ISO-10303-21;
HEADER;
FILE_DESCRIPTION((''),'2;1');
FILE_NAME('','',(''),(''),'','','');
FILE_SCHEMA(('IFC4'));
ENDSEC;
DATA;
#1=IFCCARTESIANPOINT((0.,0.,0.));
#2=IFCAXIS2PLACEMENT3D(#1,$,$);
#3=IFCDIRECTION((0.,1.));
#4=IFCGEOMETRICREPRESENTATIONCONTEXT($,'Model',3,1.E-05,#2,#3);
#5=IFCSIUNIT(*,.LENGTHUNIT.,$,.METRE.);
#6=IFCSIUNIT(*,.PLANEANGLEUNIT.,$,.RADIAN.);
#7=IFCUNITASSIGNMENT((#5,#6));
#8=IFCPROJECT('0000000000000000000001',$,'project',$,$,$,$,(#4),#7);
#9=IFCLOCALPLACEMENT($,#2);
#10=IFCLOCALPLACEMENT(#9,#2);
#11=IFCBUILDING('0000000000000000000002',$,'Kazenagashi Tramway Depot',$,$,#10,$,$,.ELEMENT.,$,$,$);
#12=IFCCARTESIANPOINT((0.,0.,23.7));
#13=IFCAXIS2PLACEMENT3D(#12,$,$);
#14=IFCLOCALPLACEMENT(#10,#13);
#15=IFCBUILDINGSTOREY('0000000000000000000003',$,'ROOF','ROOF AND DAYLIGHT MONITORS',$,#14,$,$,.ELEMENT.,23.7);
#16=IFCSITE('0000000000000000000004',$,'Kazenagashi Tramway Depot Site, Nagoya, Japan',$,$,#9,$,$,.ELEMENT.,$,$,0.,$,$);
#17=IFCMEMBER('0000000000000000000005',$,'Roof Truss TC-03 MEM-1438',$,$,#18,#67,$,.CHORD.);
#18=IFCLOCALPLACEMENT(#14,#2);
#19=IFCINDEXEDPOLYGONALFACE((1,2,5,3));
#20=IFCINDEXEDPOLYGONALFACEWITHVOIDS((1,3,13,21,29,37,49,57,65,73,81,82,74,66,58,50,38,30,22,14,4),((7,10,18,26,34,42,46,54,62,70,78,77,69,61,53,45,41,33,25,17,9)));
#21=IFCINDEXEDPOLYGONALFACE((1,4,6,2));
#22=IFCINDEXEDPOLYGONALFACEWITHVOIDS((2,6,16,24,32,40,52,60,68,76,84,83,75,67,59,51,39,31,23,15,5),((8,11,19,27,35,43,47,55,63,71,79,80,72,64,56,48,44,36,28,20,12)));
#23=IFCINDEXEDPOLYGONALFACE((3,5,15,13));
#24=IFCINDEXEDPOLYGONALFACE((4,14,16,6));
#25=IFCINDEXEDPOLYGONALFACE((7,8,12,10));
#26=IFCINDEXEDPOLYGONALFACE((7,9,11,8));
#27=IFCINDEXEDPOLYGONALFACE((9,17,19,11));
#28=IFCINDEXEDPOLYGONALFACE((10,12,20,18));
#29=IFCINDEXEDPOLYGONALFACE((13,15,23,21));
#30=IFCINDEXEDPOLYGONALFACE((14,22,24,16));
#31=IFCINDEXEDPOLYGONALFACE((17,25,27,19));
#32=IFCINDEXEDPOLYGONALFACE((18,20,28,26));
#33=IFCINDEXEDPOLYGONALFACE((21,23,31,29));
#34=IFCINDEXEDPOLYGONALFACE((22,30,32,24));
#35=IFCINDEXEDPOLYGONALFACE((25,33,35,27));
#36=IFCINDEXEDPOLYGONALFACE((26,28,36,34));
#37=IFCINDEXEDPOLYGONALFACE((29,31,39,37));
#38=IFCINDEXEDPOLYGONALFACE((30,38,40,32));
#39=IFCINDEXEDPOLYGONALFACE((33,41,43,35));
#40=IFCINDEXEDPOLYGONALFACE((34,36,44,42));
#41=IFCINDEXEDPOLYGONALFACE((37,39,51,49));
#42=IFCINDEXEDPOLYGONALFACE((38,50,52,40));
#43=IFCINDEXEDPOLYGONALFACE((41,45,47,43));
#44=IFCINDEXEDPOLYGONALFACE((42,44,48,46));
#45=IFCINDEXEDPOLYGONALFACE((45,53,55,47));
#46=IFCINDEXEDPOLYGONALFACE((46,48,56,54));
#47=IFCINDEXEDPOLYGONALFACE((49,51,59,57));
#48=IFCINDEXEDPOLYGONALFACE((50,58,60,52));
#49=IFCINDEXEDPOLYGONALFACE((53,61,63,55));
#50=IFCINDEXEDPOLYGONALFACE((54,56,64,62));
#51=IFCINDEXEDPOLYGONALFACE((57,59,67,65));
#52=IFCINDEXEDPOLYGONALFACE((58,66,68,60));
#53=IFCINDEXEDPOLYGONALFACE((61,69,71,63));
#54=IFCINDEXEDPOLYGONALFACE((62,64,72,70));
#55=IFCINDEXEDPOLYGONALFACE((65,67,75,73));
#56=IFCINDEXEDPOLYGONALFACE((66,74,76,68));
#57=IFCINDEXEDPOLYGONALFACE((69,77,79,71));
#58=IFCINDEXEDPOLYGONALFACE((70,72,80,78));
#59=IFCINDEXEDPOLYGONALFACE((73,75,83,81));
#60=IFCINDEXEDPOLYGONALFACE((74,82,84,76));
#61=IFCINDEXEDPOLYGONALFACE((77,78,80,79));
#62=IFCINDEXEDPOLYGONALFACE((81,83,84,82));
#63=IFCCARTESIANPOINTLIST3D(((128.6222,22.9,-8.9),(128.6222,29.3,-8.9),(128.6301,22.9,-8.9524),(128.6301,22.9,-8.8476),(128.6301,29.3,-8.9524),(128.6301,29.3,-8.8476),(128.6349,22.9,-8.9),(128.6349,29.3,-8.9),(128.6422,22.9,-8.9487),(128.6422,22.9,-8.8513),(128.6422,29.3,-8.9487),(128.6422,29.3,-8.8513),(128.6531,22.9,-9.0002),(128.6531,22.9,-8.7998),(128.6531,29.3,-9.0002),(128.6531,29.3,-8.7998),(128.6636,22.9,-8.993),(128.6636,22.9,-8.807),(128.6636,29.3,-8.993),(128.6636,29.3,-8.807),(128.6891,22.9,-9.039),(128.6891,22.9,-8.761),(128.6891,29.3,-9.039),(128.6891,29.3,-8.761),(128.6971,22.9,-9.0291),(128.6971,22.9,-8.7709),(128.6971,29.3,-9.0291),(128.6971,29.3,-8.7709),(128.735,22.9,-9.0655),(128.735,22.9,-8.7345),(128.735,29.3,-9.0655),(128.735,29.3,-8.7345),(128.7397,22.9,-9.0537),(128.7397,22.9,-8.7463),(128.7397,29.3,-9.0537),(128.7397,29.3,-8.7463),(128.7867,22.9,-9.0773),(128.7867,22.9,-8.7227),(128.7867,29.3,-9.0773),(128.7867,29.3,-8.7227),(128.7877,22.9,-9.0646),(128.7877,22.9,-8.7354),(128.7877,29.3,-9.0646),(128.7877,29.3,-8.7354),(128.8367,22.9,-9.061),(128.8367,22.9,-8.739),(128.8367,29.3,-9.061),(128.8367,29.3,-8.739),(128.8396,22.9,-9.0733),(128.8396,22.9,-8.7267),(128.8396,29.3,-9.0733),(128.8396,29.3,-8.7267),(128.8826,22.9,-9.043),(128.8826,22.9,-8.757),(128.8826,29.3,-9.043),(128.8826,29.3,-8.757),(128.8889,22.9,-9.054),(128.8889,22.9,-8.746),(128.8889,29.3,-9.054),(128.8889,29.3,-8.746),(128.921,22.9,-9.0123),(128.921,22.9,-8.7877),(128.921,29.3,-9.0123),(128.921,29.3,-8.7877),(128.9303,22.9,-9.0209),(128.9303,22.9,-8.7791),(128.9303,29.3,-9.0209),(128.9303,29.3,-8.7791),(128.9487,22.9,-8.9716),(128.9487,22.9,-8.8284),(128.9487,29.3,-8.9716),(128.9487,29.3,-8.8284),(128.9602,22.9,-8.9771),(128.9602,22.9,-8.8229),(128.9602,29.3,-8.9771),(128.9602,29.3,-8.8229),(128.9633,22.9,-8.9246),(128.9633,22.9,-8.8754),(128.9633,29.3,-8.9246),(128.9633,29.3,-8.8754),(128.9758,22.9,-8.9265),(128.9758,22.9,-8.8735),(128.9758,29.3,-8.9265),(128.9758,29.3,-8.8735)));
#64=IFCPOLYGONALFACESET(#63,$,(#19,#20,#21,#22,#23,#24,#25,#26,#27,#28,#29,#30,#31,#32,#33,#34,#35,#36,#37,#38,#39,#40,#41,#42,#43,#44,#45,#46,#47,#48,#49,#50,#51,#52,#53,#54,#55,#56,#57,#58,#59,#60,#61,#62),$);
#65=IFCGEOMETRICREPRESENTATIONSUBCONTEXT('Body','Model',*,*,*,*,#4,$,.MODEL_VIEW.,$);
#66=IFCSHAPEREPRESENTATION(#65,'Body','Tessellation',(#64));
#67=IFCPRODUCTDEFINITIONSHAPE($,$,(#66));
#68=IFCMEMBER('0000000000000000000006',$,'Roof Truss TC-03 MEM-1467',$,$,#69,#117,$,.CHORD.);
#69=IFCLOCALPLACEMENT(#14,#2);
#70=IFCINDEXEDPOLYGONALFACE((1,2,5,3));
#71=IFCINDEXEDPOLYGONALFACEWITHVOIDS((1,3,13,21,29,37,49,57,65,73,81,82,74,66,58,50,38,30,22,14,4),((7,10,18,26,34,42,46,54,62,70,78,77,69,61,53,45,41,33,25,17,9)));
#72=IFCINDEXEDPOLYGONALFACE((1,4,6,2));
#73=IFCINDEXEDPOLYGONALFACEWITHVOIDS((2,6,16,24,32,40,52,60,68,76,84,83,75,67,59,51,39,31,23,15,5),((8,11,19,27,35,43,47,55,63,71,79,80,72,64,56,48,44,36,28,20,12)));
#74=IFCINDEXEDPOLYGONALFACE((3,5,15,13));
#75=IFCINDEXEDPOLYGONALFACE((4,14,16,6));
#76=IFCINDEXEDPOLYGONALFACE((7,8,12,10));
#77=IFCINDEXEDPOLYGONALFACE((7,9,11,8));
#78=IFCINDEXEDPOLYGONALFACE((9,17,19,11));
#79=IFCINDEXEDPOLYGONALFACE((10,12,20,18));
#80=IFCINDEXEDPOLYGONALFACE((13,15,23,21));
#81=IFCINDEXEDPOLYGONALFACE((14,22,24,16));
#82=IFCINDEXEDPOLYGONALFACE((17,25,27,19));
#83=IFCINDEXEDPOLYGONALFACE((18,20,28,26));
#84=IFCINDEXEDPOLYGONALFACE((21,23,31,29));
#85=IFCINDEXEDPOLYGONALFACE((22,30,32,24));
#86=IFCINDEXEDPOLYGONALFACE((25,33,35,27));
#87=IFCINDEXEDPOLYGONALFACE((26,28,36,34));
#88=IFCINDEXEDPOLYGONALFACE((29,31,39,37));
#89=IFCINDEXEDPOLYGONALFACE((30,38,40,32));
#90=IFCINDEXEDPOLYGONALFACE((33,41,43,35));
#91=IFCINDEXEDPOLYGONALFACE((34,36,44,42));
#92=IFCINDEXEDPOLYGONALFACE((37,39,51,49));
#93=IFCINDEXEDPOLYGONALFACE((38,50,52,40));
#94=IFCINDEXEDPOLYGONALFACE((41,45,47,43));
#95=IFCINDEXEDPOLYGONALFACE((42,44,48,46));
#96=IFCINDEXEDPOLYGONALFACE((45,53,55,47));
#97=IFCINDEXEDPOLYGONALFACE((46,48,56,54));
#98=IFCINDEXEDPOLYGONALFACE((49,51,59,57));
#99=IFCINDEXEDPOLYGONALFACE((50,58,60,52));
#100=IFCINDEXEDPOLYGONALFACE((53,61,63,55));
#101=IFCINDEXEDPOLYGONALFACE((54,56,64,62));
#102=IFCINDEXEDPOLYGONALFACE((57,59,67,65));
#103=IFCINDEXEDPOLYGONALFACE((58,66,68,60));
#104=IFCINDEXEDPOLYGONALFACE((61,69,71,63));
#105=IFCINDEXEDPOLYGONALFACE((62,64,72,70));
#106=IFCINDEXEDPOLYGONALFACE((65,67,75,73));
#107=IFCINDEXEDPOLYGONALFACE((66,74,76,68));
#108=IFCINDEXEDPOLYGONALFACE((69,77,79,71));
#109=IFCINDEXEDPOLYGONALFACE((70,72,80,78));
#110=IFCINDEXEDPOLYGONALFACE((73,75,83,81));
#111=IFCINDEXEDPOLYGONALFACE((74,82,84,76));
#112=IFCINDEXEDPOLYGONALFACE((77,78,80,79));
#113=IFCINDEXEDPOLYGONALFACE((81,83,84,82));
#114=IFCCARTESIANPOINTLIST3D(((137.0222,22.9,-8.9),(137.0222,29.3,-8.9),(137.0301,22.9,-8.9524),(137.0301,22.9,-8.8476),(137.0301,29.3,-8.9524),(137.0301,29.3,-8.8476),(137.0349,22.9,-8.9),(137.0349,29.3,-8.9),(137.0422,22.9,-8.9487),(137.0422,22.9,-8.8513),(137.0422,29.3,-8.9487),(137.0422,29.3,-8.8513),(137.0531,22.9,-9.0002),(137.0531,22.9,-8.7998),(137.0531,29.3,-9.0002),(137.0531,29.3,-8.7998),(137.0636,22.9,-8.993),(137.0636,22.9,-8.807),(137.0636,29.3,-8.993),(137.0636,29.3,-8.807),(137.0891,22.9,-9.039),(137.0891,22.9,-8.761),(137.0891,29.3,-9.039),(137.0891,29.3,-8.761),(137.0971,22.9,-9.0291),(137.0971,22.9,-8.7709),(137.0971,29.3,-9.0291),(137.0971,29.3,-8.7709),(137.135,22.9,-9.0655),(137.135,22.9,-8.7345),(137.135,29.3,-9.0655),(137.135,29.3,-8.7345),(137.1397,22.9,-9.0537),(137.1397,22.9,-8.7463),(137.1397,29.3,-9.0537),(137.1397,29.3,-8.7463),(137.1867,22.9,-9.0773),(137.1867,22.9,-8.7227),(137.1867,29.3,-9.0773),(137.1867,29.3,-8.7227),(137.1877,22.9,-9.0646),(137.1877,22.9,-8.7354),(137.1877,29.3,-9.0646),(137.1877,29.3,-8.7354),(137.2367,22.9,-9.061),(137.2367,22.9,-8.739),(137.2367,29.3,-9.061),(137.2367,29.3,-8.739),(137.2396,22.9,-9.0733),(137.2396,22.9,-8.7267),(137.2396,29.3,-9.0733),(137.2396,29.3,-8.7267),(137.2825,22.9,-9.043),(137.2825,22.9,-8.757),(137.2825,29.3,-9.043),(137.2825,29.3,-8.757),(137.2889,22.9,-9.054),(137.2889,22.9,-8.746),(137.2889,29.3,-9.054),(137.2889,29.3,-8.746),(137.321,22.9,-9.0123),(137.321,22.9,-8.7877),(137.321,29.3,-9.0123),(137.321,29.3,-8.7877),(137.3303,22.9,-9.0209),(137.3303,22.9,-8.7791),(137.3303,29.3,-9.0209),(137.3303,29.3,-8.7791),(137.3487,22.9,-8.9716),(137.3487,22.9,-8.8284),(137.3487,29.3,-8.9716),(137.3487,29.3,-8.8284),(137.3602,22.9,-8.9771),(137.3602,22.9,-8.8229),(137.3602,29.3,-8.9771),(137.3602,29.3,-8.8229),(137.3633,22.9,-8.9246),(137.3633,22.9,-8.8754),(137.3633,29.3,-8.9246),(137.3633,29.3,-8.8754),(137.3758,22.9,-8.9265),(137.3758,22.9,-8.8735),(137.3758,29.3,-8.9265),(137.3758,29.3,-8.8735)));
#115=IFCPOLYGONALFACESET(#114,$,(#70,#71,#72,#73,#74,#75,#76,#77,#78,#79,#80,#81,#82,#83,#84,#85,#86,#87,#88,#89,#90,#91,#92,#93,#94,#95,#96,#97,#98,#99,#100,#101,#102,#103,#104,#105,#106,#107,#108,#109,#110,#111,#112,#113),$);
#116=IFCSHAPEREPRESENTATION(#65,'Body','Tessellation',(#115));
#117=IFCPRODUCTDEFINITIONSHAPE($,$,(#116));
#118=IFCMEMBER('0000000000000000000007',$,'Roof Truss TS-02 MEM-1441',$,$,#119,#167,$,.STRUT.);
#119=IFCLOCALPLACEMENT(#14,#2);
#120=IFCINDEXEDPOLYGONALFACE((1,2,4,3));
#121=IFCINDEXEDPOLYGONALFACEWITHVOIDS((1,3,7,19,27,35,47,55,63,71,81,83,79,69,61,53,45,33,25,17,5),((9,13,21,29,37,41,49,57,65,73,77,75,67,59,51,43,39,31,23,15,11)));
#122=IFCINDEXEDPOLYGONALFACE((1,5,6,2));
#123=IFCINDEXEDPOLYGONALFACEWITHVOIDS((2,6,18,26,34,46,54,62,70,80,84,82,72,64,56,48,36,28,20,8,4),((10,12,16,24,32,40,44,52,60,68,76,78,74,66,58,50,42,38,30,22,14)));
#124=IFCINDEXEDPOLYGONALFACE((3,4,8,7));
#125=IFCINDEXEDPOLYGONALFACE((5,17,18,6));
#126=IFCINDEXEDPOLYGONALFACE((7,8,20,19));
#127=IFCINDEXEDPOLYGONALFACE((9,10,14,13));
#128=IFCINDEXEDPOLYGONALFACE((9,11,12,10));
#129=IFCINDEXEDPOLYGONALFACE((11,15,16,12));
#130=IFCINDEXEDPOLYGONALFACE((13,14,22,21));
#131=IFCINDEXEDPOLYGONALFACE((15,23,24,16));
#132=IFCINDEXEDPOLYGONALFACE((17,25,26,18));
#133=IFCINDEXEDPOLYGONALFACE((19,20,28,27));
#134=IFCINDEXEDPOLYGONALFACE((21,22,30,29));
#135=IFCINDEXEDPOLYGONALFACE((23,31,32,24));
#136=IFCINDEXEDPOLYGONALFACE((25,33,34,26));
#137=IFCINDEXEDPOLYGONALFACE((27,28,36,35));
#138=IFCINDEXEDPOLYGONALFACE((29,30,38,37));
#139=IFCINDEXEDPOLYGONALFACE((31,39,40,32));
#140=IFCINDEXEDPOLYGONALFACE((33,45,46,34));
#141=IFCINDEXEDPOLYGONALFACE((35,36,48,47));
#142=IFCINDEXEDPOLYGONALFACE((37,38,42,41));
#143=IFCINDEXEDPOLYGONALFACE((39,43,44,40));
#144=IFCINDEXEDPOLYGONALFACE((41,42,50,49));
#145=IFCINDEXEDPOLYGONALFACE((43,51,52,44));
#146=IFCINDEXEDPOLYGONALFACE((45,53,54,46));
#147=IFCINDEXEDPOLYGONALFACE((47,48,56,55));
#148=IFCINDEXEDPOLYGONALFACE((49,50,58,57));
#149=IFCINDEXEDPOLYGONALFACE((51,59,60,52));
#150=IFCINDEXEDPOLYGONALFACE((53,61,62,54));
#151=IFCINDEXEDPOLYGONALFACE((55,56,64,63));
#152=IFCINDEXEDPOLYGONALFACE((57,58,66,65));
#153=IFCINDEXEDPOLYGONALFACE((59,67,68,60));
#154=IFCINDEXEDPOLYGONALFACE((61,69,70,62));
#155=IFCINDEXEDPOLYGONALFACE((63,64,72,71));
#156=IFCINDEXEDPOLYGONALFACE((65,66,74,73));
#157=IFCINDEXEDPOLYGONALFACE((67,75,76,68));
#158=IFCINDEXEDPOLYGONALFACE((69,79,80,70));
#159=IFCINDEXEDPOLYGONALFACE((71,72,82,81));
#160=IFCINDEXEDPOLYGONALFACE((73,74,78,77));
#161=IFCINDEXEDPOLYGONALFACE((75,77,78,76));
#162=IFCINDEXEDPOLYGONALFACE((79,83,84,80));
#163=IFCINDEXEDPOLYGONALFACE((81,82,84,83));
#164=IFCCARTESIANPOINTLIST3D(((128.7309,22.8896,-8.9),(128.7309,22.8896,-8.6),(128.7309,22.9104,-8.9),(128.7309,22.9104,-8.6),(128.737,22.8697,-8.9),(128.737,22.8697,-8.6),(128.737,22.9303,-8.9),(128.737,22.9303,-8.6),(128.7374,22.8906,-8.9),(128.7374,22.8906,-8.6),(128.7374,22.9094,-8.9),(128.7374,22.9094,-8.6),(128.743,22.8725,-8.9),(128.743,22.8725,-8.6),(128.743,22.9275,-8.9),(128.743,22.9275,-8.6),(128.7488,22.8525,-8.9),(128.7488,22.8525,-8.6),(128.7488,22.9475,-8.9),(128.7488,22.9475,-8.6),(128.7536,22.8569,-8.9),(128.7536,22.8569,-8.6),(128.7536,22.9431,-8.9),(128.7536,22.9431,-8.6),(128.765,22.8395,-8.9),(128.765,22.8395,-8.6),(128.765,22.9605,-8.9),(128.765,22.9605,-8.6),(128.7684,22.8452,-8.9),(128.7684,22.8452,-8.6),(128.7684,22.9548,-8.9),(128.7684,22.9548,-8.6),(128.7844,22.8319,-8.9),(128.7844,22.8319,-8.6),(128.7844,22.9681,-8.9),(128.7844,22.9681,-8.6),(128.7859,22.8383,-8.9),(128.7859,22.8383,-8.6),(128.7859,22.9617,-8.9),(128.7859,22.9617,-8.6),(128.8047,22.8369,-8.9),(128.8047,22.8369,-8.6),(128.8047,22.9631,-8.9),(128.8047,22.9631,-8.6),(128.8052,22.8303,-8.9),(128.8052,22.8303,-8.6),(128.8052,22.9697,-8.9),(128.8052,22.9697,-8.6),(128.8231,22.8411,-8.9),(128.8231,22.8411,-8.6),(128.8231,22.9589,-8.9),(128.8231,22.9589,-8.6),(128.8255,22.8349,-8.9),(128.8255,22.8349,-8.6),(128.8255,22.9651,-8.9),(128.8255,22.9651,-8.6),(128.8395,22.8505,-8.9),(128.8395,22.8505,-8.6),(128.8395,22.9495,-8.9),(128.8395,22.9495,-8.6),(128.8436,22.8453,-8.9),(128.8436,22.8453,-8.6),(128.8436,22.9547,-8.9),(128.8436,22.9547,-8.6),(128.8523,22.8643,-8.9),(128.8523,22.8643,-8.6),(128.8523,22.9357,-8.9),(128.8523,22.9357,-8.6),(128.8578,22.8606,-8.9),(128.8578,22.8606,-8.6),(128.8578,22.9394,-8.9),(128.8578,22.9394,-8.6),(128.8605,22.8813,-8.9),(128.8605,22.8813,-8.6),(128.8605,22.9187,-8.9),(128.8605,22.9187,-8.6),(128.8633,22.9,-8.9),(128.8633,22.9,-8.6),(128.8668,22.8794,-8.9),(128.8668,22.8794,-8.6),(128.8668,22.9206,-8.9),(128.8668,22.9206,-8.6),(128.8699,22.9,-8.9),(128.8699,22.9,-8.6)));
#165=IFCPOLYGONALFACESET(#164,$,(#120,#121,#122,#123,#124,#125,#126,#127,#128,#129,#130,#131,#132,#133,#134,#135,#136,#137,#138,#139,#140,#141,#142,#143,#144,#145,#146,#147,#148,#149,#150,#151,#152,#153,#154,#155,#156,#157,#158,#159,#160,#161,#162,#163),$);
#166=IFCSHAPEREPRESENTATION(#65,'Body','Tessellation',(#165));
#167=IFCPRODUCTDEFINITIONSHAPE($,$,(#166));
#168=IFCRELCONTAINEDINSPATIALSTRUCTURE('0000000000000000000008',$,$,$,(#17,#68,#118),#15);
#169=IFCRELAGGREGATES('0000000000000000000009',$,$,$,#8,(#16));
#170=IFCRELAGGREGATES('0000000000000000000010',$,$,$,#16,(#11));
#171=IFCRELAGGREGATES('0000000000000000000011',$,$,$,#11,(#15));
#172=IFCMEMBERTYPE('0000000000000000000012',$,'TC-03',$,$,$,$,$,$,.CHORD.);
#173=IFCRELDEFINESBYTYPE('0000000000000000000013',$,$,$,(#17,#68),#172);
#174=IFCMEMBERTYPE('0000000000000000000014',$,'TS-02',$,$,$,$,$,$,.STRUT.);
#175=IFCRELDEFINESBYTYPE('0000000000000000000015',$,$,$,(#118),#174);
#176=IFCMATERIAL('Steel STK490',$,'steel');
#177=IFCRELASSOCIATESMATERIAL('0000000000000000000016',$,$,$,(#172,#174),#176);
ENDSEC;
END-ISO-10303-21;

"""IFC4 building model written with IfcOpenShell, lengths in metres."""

from ifc_helpers import new_model, si_unit, direction, frame, origin, origin_2d, place, context, subcontext, project, spatial, hollow_circle, extrude, material, material_profile, profile_set, type_object, element, save


model = new_model("IFC4")

# Units and contexts
model_context = context("Model", 3, precision=1e-05, world=origin(), true_north=direction((0.0, 1.0)))
body_context = subcontext(model_context, "Body", "Model", "MODEL_VIEW")
ifc_project = project(units=[si_unit("LENGTHUNIT", "METRE"), si_unit("PLANEANGLEUNIT", "RADIAN")], contexts=[model_context])

# Site, building, storey
site_placement = place(None, origin())
site = spatial("IfcSite", under=ifc_project, at=site_placement, Name="Kazenagashi Tramway Depot Site, Nagoya, Japan", CompositionType="ELEMENT", RefElevation=0.0)
building_placement = place(site_placement, origin())
building = spatial("IfcBuilding", under=site, at=building_placement, Name="Kazenagashi Tramway Depot", CompositionType="ELEMENT")
storey_placement = place(building_placement, frame((0.0, 0.0, 23.7)))
storey = spatial("IfcBuildingStorey", under=building, at=storey_placement, Name="ROOF", Description="ROOF AND DAYLIGHT MONITORS", CompositionType="ELEMENT", Elevation=23.7)

# Members
ifc_material_1 = material(Name="Steel STK490", Category="steel")
ifc_material_profile_1 = material_profile(ifc_material_1, hollow_circle(Radius=0.1778, WallThickness=0.0127, at=origin_2d()), Name="CHS-355.6x12.7")
ifc_profile_set_1 = profile_set([ifc_material_profile_1], Name="Steel STK490")
member_type_1 = type_object("IfcMemberType", Name="TC-03", PredefinedType="CHORD", material=ifc_profile_set_1)
for number, where, z_axis, x_axis, name in (
    (1, (128.8, 22.9, -8.9), (0.0, 1.0, 0.0), (-1.0, 0.0, 0.0), "Roof Truss TC-03 MEM-1438"),
    (2, (137.2, 22.9, -8.9), (0.0, 1.0, 0.0), (-1.0, 0.0, 0.0), "Roof Truss TC-03 MEM-1467"),
):
    element("IfcMember", number, at=place(storey_placement, frame(where, z_axis=z_axis, x_axis=x_axis)), inside=storey, type_object=member_type_1, Name=name, PredefinedType="CHORD", context=body_context, shape_type="SweptSolid", body=[
        extrude(hollow_circle(Radius=0.1778, WallThickness=0.0127, at=origin_2d()), origin(), (0.0, 0.0, 1.0), 6.4),
    ])
ifc_material_profile_2 = material_profile(ifc_material_1, hollow_circle(Radius=0.0699, WallThickness=0.0066, at=origin_2d()), Name="CHS-139.8x6.6")
ifc_profile_set_2 = profile_set([ifc_material_profile_2], Name="Steel STK490")
member_type_2 = type_object("IfcMemberType", Name="TS-02", PredefinedType="STRUT", material=ifc_profile_set_2)
member_1_placement = place(storey_placement, frame((128.8, 22.9, -8.9), z_axis=(0.0, 0.0, 1.0), x_axis=(1.0, 0.0, 0.0)))
element("IfcMember", 3, at=member_1_placement, inside=storey, type_object=member_type_2, Name="Roof Truss TS-02 MEM-1441", PredefinedType="STRUT", context=body_context, shape_type="SweptSolid", body=[
    extrude(hollow_circle(Radius=0.0699, WallThickness=0.0066, at=origin_2d()), origin(), (0.0, 0.0, 1.0), 0.3),
])

save(model, "model.ifc")
